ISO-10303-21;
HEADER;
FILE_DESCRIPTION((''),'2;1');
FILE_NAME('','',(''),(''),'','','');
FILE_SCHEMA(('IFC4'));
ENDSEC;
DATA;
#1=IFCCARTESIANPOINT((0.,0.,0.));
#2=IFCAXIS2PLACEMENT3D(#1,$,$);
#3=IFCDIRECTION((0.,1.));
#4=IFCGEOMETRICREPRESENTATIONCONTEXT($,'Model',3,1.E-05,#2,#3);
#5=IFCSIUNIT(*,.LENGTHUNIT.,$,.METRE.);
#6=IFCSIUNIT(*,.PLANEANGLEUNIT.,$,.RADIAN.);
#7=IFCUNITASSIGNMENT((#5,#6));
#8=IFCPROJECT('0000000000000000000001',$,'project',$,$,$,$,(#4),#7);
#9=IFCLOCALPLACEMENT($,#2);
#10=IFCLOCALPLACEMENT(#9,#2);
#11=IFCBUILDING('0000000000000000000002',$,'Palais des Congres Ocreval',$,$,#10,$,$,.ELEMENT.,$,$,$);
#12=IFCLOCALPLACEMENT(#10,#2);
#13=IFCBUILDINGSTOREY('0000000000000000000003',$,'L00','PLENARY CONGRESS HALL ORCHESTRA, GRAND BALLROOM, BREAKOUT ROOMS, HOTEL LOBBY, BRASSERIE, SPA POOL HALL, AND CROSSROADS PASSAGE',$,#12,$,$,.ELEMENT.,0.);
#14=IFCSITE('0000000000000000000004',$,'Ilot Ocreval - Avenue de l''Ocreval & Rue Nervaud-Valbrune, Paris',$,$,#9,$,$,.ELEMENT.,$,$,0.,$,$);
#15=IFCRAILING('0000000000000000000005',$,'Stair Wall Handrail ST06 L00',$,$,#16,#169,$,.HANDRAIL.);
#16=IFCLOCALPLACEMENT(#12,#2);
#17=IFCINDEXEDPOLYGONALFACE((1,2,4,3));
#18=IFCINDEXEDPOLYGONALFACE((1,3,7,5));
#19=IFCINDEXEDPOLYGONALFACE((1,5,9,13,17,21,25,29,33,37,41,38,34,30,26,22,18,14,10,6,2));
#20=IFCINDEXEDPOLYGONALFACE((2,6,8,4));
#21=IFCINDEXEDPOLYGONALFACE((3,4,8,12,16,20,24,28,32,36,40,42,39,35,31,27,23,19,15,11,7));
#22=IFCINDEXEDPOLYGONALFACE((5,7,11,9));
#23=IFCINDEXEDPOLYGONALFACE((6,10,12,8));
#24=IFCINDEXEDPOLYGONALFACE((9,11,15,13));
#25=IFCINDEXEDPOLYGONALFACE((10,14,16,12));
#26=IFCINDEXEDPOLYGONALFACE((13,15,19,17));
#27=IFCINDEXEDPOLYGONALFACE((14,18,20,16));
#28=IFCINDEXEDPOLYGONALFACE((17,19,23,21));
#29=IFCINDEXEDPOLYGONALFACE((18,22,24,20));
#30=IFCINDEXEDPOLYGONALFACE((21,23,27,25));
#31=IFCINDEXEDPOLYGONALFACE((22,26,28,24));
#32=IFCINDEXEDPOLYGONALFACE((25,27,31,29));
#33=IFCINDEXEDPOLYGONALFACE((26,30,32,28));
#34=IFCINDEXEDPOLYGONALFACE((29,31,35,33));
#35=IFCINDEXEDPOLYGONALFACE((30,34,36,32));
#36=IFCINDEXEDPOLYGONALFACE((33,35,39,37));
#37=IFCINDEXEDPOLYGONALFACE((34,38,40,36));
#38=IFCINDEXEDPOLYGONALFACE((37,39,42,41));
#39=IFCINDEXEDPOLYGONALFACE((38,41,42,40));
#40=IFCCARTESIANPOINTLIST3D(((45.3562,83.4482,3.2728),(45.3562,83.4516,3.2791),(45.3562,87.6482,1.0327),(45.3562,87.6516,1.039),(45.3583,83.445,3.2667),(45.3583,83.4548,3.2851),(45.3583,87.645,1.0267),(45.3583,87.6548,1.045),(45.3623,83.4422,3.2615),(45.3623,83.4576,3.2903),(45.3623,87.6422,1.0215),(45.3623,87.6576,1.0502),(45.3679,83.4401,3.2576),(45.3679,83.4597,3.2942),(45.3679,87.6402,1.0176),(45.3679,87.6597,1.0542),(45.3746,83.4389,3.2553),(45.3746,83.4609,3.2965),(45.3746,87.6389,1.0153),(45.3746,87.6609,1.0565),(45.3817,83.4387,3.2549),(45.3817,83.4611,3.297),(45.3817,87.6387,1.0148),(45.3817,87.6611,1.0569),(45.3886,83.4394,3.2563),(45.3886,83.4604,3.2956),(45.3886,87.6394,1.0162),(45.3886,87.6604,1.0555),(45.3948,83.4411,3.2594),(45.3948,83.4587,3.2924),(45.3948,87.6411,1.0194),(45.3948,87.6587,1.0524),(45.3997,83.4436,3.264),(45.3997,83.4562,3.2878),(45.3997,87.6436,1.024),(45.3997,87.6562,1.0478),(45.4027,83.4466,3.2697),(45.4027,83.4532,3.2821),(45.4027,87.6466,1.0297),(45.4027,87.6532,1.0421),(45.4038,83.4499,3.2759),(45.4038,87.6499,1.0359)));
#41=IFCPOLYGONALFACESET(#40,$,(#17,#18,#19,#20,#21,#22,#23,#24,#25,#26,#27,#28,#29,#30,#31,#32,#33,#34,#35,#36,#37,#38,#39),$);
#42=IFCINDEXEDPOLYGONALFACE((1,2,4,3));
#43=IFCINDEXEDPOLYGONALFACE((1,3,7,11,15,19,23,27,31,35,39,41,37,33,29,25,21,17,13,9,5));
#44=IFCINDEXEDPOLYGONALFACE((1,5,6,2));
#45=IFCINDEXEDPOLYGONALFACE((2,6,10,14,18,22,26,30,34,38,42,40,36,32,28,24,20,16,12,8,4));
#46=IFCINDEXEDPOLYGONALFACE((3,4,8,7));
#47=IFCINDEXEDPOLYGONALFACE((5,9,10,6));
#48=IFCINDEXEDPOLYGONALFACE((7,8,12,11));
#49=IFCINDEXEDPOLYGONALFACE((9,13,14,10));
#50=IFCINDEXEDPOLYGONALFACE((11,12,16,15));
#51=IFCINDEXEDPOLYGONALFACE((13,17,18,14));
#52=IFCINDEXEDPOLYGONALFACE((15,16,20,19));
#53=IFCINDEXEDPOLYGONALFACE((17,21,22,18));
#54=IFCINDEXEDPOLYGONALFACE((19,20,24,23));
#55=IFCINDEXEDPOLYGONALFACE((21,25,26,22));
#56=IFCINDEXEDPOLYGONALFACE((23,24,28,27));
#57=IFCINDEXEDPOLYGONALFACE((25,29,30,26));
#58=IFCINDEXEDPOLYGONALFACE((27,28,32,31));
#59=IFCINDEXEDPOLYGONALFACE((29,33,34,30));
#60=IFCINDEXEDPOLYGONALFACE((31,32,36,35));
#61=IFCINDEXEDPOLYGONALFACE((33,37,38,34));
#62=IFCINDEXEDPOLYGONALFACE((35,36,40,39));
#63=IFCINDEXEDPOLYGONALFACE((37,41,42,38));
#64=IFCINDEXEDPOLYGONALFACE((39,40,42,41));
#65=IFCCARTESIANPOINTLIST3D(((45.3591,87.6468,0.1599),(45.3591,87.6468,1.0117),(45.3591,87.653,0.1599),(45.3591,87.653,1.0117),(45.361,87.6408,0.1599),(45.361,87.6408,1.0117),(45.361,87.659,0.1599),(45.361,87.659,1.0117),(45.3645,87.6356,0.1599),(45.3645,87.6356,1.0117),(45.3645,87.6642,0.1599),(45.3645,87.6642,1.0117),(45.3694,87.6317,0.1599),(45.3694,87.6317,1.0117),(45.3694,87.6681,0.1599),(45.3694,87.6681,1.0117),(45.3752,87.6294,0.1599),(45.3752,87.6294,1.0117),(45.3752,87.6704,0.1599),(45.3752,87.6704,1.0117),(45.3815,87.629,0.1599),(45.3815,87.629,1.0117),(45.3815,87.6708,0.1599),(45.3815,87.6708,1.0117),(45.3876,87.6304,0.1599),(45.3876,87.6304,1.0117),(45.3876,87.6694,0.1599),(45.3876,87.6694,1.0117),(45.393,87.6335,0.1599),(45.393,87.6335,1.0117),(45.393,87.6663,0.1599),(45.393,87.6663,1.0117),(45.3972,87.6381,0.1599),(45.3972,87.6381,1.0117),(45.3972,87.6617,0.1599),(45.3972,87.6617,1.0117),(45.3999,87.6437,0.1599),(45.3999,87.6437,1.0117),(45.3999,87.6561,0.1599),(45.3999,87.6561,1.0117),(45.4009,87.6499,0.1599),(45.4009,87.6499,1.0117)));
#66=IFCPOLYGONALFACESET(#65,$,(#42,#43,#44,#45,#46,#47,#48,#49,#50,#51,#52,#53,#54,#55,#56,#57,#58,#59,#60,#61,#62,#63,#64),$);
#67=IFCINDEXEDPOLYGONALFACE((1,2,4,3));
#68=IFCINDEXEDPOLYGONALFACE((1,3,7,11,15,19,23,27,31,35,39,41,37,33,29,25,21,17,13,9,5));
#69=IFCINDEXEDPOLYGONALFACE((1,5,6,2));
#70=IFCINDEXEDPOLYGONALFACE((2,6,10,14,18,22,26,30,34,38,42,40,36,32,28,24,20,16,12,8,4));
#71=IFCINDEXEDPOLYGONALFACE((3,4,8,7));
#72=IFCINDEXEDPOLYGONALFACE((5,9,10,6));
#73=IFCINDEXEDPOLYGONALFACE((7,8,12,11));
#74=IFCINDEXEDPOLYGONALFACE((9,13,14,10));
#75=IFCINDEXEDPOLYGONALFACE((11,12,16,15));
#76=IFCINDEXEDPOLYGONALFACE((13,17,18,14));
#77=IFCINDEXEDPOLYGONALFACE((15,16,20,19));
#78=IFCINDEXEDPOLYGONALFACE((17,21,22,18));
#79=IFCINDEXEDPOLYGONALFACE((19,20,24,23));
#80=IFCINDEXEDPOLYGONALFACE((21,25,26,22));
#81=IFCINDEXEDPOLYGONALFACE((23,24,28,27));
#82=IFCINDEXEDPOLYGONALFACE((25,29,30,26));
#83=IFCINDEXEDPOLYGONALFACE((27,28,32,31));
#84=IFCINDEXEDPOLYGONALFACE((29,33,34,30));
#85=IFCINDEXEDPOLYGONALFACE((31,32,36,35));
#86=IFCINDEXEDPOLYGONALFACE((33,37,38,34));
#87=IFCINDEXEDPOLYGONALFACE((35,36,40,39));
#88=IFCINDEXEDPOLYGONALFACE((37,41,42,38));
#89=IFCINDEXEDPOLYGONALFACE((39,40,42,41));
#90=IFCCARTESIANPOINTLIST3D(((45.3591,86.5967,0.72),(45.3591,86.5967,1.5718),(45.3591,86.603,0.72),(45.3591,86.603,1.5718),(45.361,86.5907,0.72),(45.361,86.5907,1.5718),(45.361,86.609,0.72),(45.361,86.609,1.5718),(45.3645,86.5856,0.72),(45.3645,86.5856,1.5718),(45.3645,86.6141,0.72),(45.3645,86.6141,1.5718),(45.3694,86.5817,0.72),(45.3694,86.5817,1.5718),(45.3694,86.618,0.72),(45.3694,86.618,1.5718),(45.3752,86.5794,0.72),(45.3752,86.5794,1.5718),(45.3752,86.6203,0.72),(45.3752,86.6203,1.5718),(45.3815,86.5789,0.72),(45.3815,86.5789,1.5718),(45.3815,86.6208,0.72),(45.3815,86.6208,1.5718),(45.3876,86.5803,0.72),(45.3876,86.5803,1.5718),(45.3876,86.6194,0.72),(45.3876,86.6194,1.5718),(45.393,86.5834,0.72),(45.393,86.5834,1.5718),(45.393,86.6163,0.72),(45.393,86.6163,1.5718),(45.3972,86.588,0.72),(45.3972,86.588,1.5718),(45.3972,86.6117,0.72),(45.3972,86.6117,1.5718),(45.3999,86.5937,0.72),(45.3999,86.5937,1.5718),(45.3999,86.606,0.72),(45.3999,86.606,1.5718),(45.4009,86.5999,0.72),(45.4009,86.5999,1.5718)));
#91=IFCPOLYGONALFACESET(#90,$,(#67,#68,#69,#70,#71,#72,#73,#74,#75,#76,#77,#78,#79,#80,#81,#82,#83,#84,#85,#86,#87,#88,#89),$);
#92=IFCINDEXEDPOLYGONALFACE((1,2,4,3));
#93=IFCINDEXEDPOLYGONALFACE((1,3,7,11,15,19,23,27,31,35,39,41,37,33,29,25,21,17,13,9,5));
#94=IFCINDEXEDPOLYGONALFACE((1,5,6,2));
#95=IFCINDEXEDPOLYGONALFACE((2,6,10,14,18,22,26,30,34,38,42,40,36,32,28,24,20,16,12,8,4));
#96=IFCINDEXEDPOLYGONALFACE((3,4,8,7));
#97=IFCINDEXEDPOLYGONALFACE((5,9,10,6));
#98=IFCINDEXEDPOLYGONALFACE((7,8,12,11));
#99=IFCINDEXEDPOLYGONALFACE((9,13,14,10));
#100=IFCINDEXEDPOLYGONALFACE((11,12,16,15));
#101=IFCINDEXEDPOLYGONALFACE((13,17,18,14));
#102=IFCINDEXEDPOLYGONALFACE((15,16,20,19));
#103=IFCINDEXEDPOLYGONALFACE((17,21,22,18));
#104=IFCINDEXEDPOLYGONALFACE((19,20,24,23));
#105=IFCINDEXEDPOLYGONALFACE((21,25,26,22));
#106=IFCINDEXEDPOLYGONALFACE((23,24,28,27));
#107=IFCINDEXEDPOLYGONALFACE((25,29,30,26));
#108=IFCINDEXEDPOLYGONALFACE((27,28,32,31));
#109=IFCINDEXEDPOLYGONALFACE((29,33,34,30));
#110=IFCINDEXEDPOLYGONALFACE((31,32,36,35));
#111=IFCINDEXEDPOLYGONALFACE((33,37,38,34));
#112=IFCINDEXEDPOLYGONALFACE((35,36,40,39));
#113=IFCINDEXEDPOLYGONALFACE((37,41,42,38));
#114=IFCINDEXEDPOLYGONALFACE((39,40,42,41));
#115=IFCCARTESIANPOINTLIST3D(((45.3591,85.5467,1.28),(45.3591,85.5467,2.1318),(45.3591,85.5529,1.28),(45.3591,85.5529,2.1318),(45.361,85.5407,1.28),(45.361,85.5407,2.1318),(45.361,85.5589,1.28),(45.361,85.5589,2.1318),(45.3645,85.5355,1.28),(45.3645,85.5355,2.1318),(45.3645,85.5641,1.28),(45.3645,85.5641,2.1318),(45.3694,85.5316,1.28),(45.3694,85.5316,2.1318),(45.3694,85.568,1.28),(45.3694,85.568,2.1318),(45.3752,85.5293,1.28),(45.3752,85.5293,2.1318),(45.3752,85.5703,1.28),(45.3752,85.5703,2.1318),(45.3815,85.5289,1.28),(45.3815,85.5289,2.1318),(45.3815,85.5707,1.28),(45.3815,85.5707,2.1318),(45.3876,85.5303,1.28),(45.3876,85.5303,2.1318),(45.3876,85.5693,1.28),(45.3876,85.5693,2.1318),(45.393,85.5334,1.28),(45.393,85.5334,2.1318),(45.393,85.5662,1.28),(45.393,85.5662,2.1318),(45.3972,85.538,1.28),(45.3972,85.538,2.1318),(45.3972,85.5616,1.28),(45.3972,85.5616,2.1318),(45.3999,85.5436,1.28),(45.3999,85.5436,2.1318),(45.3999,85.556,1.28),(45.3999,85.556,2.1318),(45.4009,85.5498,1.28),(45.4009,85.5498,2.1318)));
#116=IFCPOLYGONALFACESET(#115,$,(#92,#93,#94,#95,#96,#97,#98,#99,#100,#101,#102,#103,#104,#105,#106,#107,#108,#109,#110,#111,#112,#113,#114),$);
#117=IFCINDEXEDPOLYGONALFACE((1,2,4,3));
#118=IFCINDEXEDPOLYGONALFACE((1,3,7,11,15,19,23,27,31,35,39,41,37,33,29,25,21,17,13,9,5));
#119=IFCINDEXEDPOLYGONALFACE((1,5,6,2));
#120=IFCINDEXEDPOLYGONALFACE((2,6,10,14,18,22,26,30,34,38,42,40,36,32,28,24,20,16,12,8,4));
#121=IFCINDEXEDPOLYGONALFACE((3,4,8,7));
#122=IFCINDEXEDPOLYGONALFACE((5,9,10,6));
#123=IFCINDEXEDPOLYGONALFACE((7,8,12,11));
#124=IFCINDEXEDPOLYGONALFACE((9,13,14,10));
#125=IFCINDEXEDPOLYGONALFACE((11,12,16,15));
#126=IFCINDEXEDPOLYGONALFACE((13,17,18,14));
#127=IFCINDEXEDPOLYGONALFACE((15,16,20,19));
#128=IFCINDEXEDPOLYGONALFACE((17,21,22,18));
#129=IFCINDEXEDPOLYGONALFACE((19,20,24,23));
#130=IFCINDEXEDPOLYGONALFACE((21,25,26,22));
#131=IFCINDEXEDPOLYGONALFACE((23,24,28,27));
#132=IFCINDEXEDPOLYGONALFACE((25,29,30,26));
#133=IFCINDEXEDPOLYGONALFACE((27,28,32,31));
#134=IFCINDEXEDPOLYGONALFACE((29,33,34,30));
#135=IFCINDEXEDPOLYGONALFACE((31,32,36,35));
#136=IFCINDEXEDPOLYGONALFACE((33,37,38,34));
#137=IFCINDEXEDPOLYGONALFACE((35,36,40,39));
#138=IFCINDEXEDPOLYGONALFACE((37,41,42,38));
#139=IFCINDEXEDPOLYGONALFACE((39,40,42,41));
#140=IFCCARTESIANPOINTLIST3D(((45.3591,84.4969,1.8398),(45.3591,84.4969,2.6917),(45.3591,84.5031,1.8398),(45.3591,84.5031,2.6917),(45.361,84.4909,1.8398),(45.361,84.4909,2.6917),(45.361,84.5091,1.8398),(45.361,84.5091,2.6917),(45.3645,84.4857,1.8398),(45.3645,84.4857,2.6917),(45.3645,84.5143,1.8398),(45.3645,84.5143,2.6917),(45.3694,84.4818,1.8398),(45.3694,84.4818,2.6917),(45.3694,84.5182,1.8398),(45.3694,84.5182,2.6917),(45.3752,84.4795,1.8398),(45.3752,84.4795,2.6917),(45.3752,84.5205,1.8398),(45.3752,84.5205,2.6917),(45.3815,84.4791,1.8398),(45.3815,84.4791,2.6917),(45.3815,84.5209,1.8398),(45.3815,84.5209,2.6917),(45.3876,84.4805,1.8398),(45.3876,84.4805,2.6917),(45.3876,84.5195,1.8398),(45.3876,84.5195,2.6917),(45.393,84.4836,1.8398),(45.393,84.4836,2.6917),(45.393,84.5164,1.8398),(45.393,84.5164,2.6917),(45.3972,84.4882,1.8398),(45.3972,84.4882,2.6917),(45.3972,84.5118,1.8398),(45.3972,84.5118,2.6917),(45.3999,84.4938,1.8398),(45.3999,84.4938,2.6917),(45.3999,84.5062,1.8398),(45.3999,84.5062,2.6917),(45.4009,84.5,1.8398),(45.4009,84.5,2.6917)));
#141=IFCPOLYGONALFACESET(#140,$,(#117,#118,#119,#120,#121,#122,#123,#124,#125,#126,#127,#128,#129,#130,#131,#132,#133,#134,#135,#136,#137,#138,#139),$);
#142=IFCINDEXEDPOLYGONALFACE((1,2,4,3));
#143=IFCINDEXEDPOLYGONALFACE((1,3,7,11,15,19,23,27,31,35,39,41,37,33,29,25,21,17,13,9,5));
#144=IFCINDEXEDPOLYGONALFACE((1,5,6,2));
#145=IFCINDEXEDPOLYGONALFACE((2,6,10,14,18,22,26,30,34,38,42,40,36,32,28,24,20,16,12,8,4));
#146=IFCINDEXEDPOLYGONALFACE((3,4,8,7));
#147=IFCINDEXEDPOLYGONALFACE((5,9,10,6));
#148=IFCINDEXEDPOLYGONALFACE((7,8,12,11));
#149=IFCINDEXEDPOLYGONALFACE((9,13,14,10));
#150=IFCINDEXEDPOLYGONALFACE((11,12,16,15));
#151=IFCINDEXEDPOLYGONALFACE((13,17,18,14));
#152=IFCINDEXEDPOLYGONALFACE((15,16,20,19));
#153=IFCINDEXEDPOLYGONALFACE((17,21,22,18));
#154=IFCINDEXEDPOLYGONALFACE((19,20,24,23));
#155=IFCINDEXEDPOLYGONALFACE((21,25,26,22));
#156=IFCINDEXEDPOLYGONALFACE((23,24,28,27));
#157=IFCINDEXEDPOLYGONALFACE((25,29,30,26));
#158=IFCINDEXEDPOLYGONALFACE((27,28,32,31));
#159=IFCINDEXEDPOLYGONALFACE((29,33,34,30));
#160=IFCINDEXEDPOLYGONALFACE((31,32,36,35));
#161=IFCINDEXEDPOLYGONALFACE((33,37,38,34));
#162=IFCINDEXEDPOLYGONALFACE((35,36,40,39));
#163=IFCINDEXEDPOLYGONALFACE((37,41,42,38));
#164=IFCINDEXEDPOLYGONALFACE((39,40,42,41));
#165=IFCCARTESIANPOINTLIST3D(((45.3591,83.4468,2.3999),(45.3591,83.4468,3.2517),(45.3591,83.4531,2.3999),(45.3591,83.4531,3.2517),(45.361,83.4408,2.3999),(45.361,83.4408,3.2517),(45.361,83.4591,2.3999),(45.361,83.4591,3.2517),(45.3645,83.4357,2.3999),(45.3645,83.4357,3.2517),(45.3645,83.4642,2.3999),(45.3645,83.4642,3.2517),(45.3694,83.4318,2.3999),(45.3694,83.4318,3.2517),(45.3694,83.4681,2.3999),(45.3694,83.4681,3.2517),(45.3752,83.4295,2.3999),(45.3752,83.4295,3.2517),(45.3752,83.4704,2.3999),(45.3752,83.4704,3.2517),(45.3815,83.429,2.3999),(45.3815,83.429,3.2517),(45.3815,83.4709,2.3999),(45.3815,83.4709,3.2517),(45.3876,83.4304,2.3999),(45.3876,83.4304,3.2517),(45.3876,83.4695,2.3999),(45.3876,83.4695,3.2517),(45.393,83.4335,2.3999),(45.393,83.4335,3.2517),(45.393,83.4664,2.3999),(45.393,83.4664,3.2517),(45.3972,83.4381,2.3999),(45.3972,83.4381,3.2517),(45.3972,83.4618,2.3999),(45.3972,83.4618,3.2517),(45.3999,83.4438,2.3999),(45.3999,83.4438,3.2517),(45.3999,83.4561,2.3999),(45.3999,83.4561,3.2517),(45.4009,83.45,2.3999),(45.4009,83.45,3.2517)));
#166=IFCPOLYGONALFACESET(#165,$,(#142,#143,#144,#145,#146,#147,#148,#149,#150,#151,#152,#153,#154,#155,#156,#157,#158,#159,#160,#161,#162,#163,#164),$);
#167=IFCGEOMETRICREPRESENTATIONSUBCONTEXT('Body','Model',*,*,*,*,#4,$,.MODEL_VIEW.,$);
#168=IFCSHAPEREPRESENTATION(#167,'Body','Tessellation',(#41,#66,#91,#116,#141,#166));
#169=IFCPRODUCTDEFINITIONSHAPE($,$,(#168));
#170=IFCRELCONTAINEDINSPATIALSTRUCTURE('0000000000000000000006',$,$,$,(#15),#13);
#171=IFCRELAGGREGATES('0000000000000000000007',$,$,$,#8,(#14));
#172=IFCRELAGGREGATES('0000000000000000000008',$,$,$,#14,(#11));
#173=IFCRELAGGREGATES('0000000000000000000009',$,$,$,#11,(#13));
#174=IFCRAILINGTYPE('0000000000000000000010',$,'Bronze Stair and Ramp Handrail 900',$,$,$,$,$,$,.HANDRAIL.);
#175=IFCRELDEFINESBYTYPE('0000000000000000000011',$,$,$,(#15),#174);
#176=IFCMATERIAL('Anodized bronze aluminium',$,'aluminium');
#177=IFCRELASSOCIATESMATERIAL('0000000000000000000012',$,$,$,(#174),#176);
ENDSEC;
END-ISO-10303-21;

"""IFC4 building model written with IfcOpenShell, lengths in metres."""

from ifc_helpers import new_model, si_unit, direction, frame, origin, origin_2d, place, context, subcontext, project, spatial, circle, extrude, material, type_object, element, save


model = new_model("IFC4")

# Units and contexts
model_context = context("Model", 3, precision=1e-05, world=origin(), true_north=direction((0.0, 1.0)))
body_context = subcontext(model_context, "Body", "Model", "MODEL_VIEW")
ifc_project = project(units=[si_unit("LENGTHUNIT", "METRE"), si_unit("PLANEANGLEUNIT", "RADIAN")], contexts=[model_context])

# Site, building, storey
site_placement = place(None, origin())
site = spatial("IfcSite", under=ifc_project, at=site_placement, Name="Ilot Ocreval - Avenue de l'Ocreval & Rue Nervaud-Valbrune, Paris", CompositionType="ELEMENT", RefElevation=0.0)
building_placement = place(site_placement, origin())
building = spatial("IfcBuilding", under=site, at=building_placement, Name="Palais des Congres Ocreval", CompositionType="ELEMENT")
storey_placement = place(building_placement, origin())
storey = spatial("IfcBuildingStorey", under=building, at=storey_placement, Name="L00", Description="PLENARY CONGRESS HALL ORCHESTRA, GRAND BALLROOM, BREAKOUT ROOMS, HOTEL LOBBY, BRASSERIE, SPA POOL HALL, AND CROSSROADS PASSAGE", CompositionType="ELEMENT", Elevation=0.0)

# Shared definitions
ifc_material_1 = material(Name="Anodized bronze aluminium", Category="aluminium")

# Railing
railing_type = type_object("IfcRailingType", Name="Bronze Stair and Ramp Handrail 900", PredefinedType="HANDRAIL", material=ifc_material_1)
railing_placement = place(storey_placement, frame((45.3799, 87.6499, 0.1599)))
element("IfcRailing", 1, at=railing_placement, inside=storey, type_object=railing_type, Name="Stair Wall Handrail ST06 L00", PredefinedType="HANDRAIL", context=body_context, shape_type="SweptSolid", body=[
    extrude(circle(Radius=0.0239, at=origin_2d()), frame((0.0, 0.0, 0.876), z_axis=(0.0, -0.882352, 0.470591), x_axis=(1.0, 0.0, 0.0)), (0.0, 0.0, 1.0), 4.76),
    extrude(circle(Radius=0.021, at=origin_2d()), origin(), (0.0, 0.0, 1.0), 0.8518),
    extrude(circle(Radius=0.021, at=origin_2d()), frame((0.0, -1.05, 0.5601)), (0.0, 0.0, 1.0), 0.8518),
    extrude(circle(Radius=0.021, at=origin_2d()), frame((0.0, -2.1001, 1.1201)), (0.0, 0.0, 1.0), 0.8518),
    extrude(circle(Radius=0.021, at=origin_2d()), frame((0.0, -3.1499, 1.6799)), (0.0, 0.0, 1.0), 0.8518),
    extrude(circle(Radius=0.021, at=origin_2d()), frame((0.0, -4.2, 2.24)), (0.0, 0.0, 1.0), 0.8518),
])

save(model, "model.ifc")
